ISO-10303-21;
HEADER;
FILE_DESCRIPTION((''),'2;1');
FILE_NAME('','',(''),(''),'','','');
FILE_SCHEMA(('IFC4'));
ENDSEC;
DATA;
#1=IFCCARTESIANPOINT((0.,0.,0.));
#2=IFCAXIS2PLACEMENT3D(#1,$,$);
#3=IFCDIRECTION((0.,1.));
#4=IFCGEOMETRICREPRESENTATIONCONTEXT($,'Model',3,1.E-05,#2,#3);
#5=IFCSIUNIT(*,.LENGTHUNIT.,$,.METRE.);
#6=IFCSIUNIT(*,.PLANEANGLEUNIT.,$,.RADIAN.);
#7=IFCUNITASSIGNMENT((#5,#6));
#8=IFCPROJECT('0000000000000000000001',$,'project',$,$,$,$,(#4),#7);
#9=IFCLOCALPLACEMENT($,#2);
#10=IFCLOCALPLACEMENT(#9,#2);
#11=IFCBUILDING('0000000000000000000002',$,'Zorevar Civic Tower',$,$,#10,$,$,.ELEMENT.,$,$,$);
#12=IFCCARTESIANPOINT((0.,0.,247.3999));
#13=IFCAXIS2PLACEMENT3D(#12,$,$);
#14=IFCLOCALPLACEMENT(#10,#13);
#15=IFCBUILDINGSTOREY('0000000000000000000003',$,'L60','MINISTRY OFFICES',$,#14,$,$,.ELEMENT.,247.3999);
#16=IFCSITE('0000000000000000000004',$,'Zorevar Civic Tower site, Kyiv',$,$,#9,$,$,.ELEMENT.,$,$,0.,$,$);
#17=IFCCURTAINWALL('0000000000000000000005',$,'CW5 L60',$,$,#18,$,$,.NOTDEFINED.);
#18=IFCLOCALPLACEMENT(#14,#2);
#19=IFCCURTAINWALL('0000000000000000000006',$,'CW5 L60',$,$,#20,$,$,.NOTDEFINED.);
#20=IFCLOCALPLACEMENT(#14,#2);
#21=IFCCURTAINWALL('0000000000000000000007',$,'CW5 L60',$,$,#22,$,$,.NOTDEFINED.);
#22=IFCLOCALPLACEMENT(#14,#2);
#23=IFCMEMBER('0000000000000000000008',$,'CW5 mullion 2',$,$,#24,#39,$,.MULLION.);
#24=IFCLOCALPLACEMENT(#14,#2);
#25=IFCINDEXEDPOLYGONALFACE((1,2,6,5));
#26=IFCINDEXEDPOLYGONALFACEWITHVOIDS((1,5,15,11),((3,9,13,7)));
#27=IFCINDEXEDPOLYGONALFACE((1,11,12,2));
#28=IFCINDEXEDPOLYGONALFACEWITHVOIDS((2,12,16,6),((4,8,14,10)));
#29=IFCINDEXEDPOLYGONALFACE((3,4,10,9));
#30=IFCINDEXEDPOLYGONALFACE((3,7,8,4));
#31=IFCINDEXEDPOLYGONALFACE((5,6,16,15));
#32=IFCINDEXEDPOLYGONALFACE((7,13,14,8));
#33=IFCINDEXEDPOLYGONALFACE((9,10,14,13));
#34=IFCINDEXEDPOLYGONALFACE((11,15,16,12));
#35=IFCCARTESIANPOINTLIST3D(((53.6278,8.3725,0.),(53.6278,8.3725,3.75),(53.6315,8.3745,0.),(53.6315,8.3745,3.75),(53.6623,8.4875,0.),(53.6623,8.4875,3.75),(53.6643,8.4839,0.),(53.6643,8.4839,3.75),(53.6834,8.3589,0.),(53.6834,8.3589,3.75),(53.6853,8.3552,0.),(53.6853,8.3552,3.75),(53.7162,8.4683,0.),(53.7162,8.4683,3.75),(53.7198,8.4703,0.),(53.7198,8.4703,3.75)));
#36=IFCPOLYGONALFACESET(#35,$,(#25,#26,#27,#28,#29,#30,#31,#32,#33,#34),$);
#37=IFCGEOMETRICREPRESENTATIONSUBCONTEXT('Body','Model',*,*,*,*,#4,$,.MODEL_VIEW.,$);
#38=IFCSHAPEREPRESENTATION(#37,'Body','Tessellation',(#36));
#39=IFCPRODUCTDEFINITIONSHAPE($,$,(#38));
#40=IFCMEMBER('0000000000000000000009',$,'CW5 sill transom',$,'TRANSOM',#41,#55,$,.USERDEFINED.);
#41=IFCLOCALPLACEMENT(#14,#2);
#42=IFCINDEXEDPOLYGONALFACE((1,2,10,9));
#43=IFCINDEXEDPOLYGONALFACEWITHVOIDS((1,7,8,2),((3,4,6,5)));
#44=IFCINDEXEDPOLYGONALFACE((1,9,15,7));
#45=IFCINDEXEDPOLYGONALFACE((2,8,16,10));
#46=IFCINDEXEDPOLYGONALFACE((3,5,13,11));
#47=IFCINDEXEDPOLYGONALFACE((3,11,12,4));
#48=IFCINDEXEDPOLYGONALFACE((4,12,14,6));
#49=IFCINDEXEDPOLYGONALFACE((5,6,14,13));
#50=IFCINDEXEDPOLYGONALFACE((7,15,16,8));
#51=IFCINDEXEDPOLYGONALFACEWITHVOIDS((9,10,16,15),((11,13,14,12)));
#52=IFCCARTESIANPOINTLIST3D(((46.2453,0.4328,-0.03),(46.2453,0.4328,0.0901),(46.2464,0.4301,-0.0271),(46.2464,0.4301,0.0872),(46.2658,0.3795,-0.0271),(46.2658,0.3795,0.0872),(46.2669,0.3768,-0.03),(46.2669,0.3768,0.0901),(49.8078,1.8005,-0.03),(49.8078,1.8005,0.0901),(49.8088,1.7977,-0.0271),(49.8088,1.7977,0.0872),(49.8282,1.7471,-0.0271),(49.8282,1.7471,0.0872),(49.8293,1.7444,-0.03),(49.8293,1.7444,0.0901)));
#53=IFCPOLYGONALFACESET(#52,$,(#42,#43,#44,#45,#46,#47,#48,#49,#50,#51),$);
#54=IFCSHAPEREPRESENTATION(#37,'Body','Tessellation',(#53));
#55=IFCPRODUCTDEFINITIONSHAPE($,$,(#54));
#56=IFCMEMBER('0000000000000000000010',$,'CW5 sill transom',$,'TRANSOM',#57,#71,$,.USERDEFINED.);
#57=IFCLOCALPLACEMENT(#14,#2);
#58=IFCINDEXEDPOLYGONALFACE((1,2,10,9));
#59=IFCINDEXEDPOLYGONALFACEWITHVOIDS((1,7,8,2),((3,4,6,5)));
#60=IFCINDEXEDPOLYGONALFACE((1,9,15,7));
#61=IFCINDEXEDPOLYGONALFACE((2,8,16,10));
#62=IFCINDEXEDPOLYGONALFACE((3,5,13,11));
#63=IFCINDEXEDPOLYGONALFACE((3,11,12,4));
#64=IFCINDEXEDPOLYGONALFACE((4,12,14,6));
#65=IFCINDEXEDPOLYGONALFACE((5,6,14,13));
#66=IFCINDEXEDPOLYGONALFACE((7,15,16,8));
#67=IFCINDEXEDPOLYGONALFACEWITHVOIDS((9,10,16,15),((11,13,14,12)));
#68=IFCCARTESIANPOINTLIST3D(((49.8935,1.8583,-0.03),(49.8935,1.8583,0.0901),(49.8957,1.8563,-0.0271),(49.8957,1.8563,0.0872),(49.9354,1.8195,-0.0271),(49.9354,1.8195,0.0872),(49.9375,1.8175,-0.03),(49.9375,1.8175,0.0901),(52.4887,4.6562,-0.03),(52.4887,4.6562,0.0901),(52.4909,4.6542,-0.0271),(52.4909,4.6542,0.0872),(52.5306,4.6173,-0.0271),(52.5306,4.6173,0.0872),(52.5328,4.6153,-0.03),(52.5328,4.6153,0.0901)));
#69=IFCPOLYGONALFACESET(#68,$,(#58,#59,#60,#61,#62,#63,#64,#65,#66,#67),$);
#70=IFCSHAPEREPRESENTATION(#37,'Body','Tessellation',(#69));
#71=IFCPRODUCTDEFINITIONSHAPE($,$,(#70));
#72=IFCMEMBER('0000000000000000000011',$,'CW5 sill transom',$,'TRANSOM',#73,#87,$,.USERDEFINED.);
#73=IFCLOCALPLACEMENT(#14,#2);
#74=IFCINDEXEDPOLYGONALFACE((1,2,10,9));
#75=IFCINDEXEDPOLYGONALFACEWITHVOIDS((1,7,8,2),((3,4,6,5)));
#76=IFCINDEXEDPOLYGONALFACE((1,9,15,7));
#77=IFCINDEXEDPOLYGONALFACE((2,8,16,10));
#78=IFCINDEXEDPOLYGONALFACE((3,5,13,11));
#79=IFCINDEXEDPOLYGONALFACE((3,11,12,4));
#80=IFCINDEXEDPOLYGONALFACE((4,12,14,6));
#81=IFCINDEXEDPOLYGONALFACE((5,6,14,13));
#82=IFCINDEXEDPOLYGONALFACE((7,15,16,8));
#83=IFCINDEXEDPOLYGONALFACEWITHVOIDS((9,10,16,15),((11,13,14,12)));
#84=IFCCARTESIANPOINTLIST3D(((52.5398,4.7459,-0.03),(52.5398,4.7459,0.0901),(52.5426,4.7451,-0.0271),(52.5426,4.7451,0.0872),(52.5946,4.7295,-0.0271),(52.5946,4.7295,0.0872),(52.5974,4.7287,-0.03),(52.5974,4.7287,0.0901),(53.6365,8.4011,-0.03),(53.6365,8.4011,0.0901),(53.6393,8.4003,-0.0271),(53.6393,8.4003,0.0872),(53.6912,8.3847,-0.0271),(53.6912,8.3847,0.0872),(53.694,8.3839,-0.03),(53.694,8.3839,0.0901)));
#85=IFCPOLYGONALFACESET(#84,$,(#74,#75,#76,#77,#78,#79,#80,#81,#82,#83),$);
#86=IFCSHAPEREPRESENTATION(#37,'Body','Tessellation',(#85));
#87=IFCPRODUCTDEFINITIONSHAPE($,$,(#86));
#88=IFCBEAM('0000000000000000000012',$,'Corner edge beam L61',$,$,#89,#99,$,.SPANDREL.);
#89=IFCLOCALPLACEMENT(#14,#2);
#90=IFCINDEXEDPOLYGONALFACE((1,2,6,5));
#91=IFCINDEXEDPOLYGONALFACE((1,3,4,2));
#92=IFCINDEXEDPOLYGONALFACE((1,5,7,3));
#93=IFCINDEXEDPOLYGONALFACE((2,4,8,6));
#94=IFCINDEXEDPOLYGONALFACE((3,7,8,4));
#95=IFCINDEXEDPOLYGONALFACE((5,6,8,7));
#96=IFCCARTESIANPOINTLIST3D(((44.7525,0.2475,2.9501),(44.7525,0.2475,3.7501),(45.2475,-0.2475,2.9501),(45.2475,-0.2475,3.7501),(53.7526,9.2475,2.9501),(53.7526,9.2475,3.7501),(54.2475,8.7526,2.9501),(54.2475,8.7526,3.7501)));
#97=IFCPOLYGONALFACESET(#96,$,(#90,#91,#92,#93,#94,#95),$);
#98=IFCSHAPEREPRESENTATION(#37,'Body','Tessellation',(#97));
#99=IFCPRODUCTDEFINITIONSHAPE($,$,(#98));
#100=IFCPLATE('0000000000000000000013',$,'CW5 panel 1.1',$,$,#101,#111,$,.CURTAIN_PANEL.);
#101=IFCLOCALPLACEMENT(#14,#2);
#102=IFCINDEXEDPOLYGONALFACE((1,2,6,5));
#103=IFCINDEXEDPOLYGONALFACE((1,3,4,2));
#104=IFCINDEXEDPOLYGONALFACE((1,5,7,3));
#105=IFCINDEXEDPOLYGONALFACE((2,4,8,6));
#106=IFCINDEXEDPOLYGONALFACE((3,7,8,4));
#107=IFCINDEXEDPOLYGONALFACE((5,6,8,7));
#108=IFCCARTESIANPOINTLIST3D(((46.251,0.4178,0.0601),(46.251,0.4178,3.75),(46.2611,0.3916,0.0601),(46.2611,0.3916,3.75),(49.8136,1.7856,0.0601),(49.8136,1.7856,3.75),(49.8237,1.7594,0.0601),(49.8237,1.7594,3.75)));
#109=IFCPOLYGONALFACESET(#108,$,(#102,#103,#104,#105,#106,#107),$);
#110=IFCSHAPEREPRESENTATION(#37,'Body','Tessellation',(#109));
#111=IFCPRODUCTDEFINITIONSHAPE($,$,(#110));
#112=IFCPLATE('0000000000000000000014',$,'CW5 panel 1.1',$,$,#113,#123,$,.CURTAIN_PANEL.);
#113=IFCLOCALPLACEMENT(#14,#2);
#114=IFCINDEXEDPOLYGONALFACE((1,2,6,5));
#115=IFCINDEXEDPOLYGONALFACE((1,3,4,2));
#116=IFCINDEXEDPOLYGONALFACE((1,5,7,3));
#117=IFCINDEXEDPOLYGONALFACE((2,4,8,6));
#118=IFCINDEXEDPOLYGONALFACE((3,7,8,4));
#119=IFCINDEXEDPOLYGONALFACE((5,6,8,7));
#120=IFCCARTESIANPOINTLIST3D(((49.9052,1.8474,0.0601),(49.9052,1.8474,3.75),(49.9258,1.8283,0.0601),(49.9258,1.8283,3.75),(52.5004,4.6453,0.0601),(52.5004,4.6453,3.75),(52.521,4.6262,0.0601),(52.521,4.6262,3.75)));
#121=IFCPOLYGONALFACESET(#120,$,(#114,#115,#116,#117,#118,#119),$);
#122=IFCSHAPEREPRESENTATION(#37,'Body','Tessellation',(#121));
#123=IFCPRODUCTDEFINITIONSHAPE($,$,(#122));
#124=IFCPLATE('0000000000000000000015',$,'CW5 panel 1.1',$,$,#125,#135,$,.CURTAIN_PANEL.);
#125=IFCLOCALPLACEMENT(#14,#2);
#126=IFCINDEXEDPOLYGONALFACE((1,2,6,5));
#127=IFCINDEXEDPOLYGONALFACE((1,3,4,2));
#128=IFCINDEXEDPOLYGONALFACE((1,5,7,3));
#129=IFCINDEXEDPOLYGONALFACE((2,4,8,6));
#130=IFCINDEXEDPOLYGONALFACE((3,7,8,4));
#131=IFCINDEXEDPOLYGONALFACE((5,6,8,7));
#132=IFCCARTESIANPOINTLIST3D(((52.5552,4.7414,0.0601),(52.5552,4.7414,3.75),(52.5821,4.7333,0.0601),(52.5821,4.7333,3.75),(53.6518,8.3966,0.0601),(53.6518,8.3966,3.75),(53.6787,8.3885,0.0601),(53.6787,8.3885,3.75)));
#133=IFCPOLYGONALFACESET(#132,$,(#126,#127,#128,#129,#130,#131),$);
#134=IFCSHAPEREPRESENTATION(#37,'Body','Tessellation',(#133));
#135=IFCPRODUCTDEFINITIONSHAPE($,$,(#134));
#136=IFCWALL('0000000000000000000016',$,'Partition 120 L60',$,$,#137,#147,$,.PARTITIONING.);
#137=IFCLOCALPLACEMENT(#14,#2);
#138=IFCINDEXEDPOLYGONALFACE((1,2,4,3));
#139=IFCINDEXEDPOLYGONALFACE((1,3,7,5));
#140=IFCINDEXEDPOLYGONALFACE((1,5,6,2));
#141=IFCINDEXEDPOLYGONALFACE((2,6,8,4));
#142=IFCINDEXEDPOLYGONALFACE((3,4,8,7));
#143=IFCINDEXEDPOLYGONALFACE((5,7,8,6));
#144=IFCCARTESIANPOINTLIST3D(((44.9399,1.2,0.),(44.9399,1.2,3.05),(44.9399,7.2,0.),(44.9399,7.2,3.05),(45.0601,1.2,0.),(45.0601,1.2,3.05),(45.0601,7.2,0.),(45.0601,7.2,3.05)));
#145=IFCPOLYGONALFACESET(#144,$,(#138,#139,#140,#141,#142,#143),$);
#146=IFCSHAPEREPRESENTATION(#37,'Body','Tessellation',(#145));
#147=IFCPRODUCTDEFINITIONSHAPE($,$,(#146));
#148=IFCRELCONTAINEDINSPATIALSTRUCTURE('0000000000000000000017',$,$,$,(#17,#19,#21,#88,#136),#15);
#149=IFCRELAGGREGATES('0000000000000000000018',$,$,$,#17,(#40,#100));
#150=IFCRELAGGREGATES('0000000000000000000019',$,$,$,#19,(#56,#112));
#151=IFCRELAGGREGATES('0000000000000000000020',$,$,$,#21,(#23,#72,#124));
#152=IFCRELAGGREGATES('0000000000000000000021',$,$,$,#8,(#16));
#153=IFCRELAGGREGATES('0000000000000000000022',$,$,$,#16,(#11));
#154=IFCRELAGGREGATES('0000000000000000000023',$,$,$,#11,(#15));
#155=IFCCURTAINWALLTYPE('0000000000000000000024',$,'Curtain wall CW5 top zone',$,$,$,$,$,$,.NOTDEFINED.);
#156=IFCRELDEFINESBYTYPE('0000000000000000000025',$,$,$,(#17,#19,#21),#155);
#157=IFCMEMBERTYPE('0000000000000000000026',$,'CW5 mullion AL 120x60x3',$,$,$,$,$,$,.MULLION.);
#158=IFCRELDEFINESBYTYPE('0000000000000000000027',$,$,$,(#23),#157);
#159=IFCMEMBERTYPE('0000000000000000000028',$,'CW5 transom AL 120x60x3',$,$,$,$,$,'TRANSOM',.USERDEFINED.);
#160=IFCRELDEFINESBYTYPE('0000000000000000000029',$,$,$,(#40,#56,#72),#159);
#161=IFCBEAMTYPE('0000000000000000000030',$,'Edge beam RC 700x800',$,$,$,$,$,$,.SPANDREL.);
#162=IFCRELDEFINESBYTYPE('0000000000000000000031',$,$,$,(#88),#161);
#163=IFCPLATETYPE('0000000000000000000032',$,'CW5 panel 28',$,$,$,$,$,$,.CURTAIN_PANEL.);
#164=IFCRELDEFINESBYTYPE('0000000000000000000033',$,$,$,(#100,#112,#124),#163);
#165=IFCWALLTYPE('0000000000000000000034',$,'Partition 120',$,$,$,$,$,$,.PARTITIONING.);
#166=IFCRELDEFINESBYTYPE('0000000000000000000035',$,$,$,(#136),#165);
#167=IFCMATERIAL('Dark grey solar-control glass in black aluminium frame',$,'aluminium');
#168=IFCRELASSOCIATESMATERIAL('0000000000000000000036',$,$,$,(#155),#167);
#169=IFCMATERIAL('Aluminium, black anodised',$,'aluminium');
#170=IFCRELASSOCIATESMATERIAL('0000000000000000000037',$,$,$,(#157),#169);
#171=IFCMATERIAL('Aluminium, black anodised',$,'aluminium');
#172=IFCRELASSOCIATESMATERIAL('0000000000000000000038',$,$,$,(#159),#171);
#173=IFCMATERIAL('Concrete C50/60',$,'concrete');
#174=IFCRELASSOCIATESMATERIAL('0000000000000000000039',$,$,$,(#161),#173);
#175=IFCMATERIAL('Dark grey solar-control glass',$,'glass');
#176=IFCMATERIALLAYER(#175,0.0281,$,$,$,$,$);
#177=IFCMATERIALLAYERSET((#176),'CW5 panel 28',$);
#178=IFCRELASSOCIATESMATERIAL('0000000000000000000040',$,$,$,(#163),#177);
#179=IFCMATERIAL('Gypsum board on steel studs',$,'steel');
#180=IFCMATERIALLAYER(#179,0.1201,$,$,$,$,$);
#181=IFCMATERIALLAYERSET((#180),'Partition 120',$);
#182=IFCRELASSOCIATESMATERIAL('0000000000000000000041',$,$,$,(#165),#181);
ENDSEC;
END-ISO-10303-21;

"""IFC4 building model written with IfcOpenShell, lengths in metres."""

from ifc_helpers import new_model, si_unit, direction, frame, frame_2d, origin, origin_2d, place, context, subcontext, project, spatial, rectangle, hollow_rectangle, extrude, material, layer, layer_set, material_profile, profile_set, type_object, element, aggregate, save


model = new_model("IFC4")

# Units and contexts
model_context = context("Model", 3, precision=1e-05, world=origin(), true_north=direction((0.0, 1.0)))
body_context = subcontext(model_context, "Body", "Model", "MODEL_VIEW")
ifc_project = project(units=[si_unit("LENGTHUNIT", "METRE"), si_unit("PLANEANGLEUNIT", "RADIAN")], contexts=[model_context])

# Site, building, storey
site_placement = place(None, origin())
site = spatial("IfcSite", under=ifc_project, at=site_placement, Name="Zorevar Civic Tower site, Kyiv", CompositionType="ELEMENT", RefElevation=0.0)
building_placement = place(site_placement, origin())
building = spatial("IfcBuilding", under=site, at=building_placement, Name="Zorevar Civic Tower", CompositionType="ELEMENT")
storey_placement = place(building_placement, frame((0.0, 0.0, 247.3999)))
storey = spatial("IfcBuildingStorey", under=building, at=storey_placement, Name="L60", Description="MINISTRY OFFICES", CompositionType="ELEMENT", Elevation=247.3999)

# Shared definitions
ifc_material_1 = material(Name="Dark grey solar-control glass in black aluminium frame", Category="aluminium")
curtain_wall_type = type_object("IfcCurtainWallType", Name="Curtain wall CW5 top zone", PredefinedType="NOTDEFINED", material=ifc_material_1)
ifc_material_2 = material(Name="Aluminium, black anodised", Category="aluminium")
ifc_material_profile_1 = material_profile(ifc_material_2, hollow_rectangle(XDim=0.0601, YDim=0.1201, WallThickness=0.0029, at=origin_2d()), Name="AL 120x60x3")
ifc_profile_set_1 = profile_set([ifc_material_profile_1], Name="Aluminium, black anodised")
member_type_1 = type_object("IfcMemberType", Name="CW5 mullion AL 120x60x3", PredefinedType="MULLION", material=ifc_profile_set_1)

# Curtain walls, member
curtain_wall_1_placement = place(storey_placement, origin())
curtain_wall_1 = element("IfcCurtainWall", 1, at=curtain_wall_1_placement, inside=storey, type_object=curtain_wall_type, Name="CW5 L60", PredefinedType="NOTDEFINED")
curtain_wall_2_placement = place(storey_placement, origin())
curtain_wall_2 = element("IfcCurtainWall", 2, at=curtain_wall_2_placement, inside=storey, type_object=curtain_wall_type, Name="CW5 L60", PredefinedType="NOTDEFINED")
curtain_wall_3_placement = place(storey_placement, origin())
curtain_wall_3 = element("IfcCurtainWall", 3, at=curtain_wall_3_placement, inside=storey, type_object=curtain_wall_type, Name="CW5 L60", PredefinedType="NOTDEFINED")
member_1_placement = place(storey_placement, frame((53.6738, 8.4214, 0.0), z_axis=(0.0, 0.0, 1.0), x_axis=(-0.957826, 0.28735, 0.0)))
member_1 = element("IfcMember", 4, at=member_1_placement, type_object=member_type_1, Name="CW5 mullion 2", PredefinedType="MULLION", context=body_context, shape_type="SweptSolid", body=[
    extrude(hollow_rectangle(XDim=0.0601, YDim=0.1201, WallThickness=0.0029, at=origin_2d()), origin(), (0.0, 0.0, 1.0), 3.75),
])

# Members
ifc_material_3 = material(Name="Aluminium, black anodised", Category="aluminium")
ifc_material_profile_2 = material_profile(ifc_material_3, hollow_rectangle(XDim=0.0601, YDim=0.1201, WallThickness=0.0029, at=origin_2d()), Name="AL 120x60x3")
ifc_profile_set_2 = profile_set([ifc_material_profile_2], Name="Aluminium, black anodised")
member_type_2 = type_object("IfcMemberType", Name="CW5 transom AL 120x60x3", ElementType="TRANSOM", PredefinedType="USERDEFINED", material=ifc_profile_set_2)
member_2_placement = place(storey_placement, frame((46.2561, 0.4048, 0.03), z_axis=(0.933566, 0.358405, 0.0), x_axis=(-0.358405, 0.933566, 0.0)))
member_2 = element("IfcMember", 5, at=member_2_placement, type_object=member_type_2, Name="CW5 sill transom", ObjectType="TRANSOM", PredefinedType="USERDEFINED", context=body_context, shape_type="SweptSolid", body=[
    extrude(hollow_rectangle(XDim=0.0601, YDim=0.1201, WallThickness=0.0029, at=origin_2d()), origin(), (0.0, 0.0, 1.0), 3.8159),
])
member_3_placement = place(storey_placement, frame((49.9155, 1.8379, 0.03), z_axis=(0.680058, 0.733158, 0.0), x_axis=(-0.733158, 0.680058, 0.0)))
member_3 = element("IfcMember", 6, at=member_3_placement, type_object=member_type_2, Name="CW5 sill transom", ObjectType="TRANSOM", PredefinedType="USERDEFINED", context=body_context, shape_type="SweptSolid", body=[
    extrude(hollow_rectangle(XDim=0.0601, YDim=0.1201, WallThickness=0.0029, at=origin_2d()), origin(), (0.0, 0.0, 1.0), 3.8162),
])
member_4_placement = place(storey_placement, frame((52.5686, 4.7373, 0.03), z_axis=(0.287371, 0.957819, 0.0), x_axis=(-0.957819, 0.287371, 0.0)))
member_4 = element("IfcMember", 7, at=member_4_placement, type_object=member_type_2, Name="CW5 sill transom", ObjectType="TRANSOM", PredefinedType="USERDEFINED", context=body_context, shape_type="SweptSolid", body=[
    extrude(hollow_rectangle(XDim=0.0601, YDim=0.1201, WallThickness=0.0029, at=origin_2d()), origin(), (0.0, 0.0, 1.0), 3.8162),
])

# Beam
ifc_material_4 = material(Name="Concrete C50/60", Category="concrete")
ifc_material_profile_3 = material_profile(ifc_material_4, rectangle(XDim=0.7, YDim=0.8, at=origin_2d()), Name="RC 700x800")
ifc_profile_set_3 = profile_set([ifc_material_profile_3], Name="Concrete C50/60")
beam_type_1 = type_object("IfcBeamType", Name="Edge beam RC 700x800", PredefinedType="SPANDREL", material=ifc_profile_set_3)
beam_1_placement = place(storey_placement, frame((45.0, 0.0, 3.3501), z_axis=(0.707107, 0.707107, 0.0), x_axis=(-0.707107, 0.707107, 0.0)))
element("IfcBeam", 8, at=beam_1_placement, inside=storey, type_object=beam_type_1, Name="Corner edge beam L61", PredefinedType="SPANDREL", context=body_context, shape_type="SweptSolid", body=[
    extrude(rectangle(XDim=0.7, YDim=0.8, at=origin_2d()), origin(), (0.0, 0.0, 1.0), 12.728),
])

# Plates
ifc_material_5 = material(Name="Dark grey solar-control glass", Category="glass")
ifc_layer_1 = layer(ifc_material_5, 0.0281)
ifc_layer_set_1 = layer_set([ifc_layer_1], Name="CW5 panel 28")
plate_type = type_object("IfcPlateType", Name="CW5 panel 28", PredefinedType="CURTAIN_PANEL", material=ifc_layer_set_1)
plate_1_placement = place(storey_placement, frame((48.0374, 1.0886, 0.0601), z_axis=(0.0, 0.0, 1.0), x_axis=(0.933563, 0.358413, 0.0)))
plate_1 = element("IfcPlate", 9, at=plate_1_placement, type_object=plate_type, Name="CW5 panel 1.1", PredefinedType="CURTAIN_PANEL", context=body_context, shape_type="SweptSolid", body=[
    extrude(rectangle(XDim=3.8162, YDim=0.0281, at=origin_2d()), origin(), (0.0, 0.0, 1.0), 3.6899),
])
aggregate(curtain_wall_1, [member_2, plate_1])
plate_2_placement = place(storey_placement, frame((51.2131, 3.2368, 0.0601), z_axis=(0.0, 0.0, 1.0), x_axis=(0.680051, 0.733164, 0.0)))
plate_2 = element("IfcPlate", 10, at=plate_2_placement, type_object=plate_type, Name="CW5 panel 1.1", PredefinedType="CURTAIN_PANEL", context=body_context, shape_type="SweptSolid", body=[
    extrude(rectangle(XDim=3.8162, YDim=0.0281, at=origin_2d()), origin(), (0.0, 0.0, 1.0), 3.6899),
])
aggregate(curtain_wall_2, [member_3, plate_2])
plate_3_placement = place(storey_placement, frame((53.1169, 6.5649, 0.0601), z_axis=(0.0, 0.0, 1.0), x_axis=(0.28735, 0.957826, 0.0)))
plate_3 = element("IfcPlate", 11, at=plate_3_placement, type_object=plate_type, Name="CW5 panel 1.1", PredefinedType="CURTAIN_PANEL", context=body_context, shape_type="SweptSolid", body=[
    extrude(rectangle(XDim=3.8162, YDim=0.0281, at=origin_2d()), origin(), (0.0, 0.0, 1.0), 3.6899),
])
aggregate(curtain_wall_3, [member_1, member_4, plate_3])

# Wall
ifc_material_6 = material(Name="Gypsum board on steel studs", Category="steel")
ifc_layer_2 = layer(ifc_material_6, 0.1201)
ifc_layer_set_2 = layer_set([ifc_layer_2], Name="Partition 120")
wall_type = type_object("IfcWallType", Name="Partition 120", PredefinedType="PARTITIONING", material=ifc_layer_set_2)
wall_placement = place(storey_placement, frame((45.0, 1.2, 0.0), z_axis=(0.0, 0.0, 1.0), x_axis=(0.0, 1.0, 0.0)))
element("IfcWall", 12, at=wall_placement, inside=storey, type_object=wall_type, Name="Partition 120 L60", PredefinedType="PARTITIONING", context=body_context, shape_type="SweptSolid", body=[
    extrude(rectangle(XDim=6.0, YDim=0.1201, at=frame_2d((3.0, 0.0))), origin(), (0.0, 0.0, 1.0), 3.05),
])

save(model, "model.ifc")
